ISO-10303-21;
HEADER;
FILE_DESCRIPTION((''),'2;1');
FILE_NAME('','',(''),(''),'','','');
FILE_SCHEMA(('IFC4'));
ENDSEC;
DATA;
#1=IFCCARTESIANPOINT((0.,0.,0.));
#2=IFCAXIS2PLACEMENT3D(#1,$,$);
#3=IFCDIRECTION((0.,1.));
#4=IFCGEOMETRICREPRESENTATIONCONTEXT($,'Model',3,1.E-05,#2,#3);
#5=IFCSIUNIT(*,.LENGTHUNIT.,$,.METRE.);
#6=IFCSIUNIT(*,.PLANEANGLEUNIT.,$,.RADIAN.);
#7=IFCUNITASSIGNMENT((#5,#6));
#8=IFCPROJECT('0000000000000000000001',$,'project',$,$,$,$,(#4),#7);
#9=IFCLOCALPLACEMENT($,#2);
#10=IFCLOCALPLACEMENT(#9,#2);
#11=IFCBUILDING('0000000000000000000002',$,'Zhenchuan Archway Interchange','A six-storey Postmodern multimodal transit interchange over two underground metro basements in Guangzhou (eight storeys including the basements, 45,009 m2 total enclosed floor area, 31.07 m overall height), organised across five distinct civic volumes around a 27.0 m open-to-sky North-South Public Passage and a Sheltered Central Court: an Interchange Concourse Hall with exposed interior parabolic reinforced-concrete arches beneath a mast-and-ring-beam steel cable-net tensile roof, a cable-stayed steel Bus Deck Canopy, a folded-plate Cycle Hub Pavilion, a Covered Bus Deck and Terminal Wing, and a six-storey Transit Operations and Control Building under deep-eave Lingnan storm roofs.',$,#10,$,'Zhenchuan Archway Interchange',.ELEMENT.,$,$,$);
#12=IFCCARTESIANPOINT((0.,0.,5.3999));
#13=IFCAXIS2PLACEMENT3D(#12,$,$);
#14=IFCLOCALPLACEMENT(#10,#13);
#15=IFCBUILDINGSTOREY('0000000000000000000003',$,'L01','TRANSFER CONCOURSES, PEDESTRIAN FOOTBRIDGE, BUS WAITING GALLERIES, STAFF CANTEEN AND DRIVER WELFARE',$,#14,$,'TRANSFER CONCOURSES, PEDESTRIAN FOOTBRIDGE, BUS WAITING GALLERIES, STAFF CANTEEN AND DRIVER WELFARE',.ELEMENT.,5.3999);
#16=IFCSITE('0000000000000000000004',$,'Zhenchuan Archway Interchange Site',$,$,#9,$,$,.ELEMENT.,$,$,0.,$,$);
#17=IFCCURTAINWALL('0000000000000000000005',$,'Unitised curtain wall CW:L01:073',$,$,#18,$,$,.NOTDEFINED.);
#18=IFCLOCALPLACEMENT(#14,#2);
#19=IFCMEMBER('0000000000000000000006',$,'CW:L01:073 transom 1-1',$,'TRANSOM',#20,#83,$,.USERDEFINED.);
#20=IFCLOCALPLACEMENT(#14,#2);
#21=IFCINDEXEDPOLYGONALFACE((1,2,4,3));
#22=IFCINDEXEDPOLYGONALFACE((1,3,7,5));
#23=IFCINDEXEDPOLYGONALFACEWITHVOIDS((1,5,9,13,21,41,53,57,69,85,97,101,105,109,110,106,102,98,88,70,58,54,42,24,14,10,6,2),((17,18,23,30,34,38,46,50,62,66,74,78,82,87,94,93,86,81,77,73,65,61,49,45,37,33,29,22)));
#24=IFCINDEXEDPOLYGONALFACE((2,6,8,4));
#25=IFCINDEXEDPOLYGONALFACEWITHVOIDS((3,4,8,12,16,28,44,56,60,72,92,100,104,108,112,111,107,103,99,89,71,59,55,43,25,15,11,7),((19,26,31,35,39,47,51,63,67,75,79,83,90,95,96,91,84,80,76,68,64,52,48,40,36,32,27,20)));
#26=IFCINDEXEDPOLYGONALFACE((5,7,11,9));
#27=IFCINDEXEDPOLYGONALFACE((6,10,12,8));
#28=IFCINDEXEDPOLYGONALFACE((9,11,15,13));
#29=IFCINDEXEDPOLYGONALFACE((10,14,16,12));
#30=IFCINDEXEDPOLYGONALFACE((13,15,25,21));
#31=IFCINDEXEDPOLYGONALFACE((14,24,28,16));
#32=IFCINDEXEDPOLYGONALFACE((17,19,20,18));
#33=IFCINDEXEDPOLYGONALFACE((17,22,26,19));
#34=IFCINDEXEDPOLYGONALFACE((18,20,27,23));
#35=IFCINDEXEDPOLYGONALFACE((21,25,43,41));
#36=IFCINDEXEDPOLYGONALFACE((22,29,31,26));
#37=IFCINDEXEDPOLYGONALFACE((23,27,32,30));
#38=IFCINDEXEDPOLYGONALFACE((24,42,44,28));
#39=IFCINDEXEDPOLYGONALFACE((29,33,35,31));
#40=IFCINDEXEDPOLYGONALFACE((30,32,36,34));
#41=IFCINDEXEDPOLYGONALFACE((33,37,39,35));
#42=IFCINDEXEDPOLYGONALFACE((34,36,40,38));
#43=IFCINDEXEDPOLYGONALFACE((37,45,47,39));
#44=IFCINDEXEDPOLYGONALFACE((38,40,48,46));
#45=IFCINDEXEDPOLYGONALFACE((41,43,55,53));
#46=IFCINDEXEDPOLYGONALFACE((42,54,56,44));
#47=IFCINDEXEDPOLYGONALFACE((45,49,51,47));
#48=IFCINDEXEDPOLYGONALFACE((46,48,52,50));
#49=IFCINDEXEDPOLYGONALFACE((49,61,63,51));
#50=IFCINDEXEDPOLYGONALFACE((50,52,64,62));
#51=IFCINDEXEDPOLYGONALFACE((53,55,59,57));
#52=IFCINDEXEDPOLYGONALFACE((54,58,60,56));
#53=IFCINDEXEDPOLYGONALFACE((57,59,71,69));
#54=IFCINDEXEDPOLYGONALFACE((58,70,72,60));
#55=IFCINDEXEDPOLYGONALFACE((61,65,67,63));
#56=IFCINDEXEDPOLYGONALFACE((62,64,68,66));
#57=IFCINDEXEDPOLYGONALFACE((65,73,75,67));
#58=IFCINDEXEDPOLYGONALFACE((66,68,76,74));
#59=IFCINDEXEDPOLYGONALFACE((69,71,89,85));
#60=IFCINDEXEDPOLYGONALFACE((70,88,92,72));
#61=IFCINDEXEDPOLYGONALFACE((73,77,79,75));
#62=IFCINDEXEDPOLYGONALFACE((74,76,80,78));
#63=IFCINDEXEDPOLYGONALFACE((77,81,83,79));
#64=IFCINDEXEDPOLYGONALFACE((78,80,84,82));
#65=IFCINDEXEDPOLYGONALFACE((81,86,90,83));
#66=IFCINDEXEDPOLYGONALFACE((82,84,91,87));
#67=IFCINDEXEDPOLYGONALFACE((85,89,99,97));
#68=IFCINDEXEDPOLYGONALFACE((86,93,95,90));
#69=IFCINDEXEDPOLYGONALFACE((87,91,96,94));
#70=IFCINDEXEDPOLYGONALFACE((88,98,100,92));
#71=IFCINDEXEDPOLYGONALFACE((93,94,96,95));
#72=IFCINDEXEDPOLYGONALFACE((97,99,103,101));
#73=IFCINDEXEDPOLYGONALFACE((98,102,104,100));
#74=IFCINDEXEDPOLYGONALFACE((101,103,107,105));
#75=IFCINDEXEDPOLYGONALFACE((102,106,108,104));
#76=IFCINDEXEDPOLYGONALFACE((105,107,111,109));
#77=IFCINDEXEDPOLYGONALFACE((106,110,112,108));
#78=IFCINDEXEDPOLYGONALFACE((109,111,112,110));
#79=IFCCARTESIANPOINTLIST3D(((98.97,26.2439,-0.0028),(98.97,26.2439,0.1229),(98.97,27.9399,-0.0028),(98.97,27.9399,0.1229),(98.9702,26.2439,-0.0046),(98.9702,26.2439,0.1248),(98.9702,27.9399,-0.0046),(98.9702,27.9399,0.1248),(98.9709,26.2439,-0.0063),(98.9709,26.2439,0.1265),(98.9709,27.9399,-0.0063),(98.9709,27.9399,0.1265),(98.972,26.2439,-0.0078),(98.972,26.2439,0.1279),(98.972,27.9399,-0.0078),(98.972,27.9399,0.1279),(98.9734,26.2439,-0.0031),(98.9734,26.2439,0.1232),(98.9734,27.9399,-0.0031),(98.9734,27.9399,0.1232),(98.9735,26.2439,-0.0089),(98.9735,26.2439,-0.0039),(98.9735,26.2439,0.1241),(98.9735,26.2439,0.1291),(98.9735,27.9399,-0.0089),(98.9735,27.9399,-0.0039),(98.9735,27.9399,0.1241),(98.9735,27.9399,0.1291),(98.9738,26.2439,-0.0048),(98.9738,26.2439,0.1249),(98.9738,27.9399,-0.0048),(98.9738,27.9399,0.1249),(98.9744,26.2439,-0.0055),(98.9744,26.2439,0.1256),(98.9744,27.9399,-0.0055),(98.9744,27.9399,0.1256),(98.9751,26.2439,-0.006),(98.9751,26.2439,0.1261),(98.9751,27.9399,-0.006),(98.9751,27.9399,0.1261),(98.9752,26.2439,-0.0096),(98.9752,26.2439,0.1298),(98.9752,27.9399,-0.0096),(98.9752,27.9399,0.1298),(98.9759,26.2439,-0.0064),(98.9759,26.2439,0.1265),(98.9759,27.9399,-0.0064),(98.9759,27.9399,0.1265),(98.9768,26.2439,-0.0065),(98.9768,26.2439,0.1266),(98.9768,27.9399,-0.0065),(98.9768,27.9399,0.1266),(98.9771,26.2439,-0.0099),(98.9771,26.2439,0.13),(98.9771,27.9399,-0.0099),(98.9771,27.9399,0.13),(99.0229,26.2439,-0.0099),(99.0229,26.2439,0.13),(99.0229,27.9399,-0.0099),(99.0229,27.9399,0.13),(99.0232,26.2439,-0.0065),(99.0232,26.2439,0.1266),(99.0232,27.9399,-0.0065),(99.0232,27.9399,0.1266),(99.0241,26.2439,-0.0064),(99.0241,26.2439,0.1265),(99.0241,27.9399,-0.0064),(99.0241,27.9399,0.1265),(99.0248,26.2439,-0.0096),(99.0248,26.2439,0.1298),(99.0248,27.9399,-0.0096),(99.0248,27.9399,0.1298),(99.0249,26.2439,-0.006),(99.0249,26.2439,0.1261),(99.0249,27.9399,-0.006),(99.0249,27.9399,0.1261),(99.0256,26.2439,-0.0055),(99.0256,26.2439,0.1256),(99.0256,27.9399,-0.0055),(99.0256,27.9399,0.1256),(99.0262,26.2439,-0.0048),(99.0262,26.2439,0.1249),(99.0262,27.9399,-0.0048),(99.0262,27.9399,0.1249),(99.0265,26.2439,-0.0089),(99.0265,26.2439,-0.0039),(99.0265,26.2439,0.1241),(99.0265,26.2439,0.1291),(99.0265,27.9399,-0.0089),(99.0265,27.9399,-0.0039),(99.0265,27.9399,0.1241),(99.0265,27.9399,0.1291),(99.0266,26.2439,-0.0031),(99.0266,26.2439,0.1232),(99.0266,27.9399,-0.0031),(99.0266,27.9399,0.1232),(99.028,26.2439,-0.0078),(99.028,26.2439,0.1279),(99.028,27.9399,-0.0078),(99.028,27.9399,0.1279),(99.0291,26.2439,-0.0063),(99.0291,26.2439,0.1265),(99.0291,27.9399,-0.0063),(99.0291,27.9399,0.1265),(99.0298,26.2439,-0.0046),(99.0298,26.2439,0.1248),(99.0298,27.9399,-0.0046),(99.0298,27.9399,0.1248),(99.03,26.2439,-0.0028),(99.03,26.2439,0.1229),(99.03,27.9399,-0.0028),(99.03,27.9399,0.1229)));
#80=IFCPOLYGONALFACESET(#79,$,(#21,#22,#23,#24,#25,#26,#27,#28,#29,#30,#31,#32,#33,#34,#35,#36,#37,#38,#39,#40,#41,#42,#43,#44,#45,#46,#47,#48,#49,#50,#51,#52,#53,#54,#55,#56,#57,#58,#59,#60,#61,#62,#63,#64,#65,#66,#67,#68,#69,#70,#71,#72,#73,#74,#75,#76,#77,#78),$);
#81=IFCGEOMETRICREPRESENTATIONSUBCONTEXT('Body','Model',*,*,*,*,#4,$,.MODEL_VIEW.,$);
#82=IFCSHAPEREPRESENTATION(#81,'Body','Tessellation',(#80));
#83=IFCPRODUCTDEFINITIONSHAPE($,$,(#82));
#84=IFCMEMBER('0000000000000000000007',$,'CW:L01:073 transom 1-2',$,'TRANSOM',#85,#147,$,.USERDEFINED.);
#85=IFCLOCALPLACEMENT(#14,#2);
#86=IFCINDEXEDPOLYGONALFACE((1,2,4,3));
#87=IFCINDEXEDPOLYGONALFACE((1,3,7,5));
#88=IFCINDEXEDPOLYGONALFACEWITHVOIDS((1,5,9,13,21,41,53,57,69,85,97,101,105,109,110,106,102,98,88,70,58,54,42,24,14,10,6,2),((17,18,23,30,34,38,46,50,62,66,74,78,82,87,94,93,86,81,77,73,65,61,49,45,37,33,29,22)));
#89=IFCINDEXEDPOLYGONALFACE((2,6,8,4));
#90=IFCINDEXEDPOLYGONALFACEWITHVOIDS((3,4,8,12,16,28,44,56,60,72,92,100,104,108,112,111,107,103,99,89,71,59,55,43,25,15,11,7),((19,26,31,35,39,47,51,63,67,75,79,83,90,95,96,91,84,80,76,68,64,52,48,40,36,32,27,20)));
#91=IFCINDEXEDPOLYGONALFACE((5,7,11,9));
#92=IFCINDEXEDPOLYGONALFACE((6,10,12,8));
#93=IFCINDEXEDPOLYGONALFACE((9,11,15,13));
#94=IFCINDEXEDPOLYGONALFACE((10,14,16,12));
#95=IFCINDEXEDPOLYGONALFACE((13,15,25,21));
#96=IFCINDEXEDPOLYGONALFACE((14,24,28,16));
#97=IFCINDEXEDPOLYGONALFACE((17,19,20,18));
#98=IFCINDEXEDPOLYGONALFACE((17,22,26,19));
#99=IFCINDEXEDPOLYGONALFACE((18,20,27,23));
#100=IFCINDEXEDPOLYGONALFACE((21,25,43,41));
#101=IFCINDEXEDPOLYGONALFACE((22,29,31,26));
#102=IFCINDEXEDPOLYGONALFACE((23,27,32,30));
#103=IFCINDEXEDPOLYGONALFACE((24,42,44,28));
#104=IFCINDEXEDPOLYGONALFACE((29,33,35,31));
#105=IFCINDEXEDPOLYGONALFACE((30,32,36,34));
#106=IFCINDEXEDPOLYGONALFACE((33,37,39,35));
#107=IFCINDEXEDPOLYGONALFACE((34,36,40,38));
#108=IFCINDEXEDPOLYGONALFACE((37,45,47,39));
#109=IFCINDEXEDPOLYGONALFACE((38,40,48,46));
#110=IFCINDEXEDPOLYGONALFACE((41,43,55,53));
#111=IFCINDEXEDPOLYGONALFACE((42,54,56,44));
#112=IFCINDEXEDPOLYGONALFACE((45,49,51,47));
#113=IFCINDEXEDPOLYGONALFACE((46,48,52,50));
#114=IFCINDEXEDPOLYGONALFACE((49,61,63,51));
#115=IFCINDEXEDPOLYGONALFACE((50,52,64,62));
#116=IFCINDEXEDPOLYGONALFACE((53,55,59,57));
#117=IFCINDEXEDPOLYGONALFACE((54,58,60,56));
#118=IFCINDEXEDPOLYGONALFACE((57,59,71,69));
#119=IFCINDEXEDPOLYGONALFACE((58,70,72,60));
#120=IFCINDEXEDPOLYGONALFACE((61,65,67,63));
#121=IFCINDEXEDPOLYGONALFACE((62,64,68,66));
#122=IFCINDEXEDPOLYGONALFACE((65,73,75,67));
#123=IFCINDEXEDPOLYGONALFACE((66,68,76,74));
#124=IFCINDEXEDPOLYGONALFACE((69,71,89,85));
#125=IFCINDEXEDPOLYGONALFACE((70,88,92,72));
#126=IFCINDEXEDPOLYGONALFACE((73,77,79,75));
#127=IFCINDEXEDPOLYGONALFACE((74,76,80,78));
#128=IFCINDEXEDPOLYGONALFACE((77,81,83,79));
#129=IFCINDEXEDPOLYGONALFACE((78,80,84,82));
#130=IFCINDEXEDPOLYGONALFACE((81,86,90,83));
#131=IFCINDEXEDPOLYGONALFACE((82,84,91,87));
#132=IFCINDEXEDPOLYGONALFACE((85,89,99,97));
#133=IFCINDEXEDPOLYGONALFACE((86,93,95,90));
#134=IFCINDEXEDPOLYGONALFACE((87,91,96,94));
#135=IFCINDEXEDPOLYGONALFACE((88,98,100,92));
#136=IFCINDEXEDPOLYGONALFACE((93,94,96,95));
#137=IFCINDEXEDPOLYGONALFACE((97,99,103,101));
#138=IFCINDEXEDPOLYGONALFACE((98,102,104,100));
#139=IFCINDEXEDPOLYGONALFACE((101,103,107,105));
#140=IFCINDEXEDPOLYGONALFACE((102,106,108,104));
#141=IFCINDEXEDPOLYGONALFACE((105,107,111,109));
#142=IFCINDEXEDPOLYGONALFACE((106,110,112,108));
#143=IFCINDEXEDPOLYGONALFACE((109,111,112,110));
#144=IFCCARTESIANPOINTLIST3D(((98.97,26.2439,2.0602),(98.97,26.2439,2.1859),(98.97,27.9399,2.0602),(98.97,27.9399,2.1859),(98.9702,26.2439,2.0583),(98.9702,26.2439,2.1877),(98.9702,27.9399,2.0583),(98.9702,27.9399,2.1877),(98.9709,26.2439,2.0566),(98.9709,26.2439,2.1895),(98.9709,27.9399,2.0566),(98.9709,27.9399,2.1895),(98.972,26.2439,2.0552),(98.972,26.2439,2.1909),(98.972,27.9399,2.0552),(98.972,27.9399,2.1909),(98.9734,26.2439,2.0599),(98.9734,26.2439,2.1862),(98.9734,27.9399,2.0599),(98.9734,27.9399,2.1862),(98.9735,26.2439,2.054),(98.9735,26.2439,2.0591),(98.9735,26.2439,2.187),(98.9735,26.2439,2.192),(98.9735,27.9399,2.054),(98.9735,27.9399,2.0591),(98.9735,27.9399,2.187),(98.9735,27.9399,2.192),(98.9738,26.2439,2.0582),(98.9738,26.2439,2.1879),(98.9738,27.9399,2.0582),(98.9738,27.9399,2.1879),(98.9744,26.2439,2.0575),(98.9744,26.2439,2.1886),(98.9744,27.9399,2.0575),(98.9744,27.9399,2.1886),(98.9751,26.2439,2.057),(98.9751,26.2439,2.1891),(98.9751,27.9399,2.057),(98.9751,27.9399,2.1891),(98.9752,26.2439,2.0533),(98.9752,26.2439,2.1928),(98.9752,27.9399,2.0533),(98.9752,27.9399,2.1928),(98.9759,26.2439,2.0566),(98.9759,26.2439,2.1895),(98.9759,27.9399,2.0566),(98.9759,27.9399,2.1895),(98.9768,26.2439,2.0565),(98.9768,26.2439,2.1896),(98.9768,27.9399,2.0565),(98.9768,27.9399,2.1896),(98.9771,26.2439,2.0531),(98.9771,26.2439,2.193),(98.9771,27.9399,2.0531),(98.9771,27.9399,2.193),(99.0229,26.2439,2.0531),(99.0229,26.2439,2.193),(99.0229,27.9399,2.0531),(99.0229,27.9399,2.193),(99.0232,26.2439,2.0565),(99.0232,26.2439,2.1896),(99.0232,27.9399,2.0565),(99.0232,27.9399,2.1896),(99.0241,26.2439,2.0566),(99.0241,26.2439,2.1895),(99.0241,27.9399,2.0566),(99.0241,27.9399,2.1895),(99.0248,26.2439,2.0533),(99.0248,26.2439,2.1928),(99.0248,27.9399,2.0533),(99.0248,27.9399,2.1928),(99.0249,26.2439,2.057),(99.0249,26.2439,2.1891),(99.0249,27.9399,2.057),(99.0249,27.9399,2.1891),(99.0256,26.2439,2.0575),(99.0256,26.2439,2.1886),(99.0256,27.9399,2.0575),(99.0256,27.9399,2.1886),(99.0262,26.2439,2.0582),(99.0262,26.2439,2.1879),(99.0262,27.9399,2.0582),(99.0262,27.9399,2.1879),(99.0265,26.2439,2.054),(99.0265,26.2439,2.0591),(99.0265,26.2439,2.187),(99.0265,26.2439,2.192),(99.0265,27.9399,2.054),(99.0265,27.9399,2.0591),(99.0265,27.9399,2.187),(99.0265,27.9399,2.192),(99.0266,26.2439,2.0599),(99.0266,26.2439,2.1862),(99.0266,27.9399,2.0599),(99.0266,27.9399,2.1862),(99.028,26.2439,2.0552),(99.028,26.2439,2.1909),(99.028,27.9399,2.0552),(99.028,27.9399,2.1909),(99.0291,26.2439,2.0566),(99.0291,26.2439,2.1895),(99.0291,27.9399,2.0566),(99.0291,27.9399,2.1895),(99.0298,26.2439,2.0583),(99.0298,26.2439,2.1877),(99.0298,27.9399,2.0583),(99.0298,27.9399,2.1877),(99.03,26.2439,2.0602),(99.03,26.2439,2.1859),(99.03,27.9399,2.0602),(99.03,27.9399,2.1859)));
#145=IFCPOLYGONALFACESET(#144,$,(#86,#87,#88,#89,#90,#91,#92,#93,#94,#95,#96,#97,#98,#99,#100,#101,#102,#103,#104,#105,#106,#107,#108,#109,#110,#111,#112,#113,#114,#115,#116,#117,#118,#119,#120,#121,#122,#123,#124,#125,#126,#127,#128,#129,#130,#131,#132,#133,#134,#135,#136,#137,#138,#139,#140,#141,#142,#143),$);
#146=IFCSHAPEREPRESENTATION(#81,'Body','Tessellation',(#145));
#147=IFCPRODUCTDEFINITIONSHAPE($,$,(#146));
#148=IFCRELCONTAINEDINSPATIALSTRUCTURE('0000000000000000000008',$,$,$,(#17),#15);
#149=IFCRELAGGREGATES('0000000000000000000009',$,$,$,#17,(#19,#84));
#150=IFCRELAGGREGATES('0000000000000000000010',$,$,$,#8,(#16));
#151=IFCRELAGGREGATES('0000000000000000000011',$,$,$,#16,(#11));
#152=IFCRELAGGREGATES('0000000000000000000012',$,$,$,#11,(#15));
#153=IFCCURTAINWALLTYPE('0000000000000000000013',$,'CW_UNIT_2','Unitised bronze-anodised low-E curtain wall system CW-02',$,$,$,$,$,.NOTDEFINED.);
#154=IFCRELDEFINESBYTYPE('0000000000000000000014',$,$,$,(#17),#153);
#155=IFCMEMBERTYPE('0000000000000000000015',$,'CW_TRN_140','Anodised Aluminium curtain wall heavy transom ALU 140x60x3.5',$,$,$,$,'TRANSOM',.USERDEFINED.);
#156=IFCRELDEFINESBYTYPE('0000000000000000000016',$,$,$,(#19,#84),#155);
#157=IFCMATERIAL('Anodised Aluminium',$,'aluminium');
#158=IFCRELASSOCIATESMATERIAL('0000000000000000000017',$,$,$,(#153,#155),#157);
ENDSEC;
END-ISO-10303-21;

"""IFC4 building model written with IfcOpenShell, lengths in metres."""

from ifc_helpers import new_model, si_unit, direction, frame, origin, origin_2d, place, context, subcontext, project, spatial, hollow_rectangle, extrude, material, material_profile, profile_set, type_object, element, aggregate, save


model = new_model("IFC4")

# Units and contexts
model_context = context("Model", 3, precision=1e-05, world=origin(), true_north=direction((0.0, 1.0)))
body_context = subcontext(model_context, "Body", "Model", "MODEL_VIEW")
ifc_project = project(units=[si_unit("LENGTHUNIT", "METRE"), si_unit("PLANEANGLEUNIT", "RADIAN")], contexts=[model_context])

# Site, building, storey
site_placement = place(None, origin())
site = spatial("IfcSite", under=ifc_project, at=site_placement, Name="Zhenchuan Archway Interchange Site", CompositionType="ELEMENT", RefElevation=0.0)
building_placement = place(site_placement, origin())
building = spatial("IfcBuilding", under=site, at=building_placement, Name="Zhenchuan Archway Interchange", Description="A six-storey Postmodern multimodal transit interchange over two underground metro basements in Guangzhou (eight storeys including the basements, 45,009 m2 total enclosed floor area, 31.07 m overall height), organised across five distinct civic volumes around a 27.0 m open-to-sky North-South Public Passage and a Sheltered Central Court: an Interchange Concourse Hall with exposed interior parabolic reinforced-concrete arches beneath a mast-and-ring-beam steel cable-net tensile roof, a cable-stayed steel Bus Deck Canopy, a folded-plate Cycle Hub Pavilion, a Covered Bus Deck and Terminal Wing, and a six-storey Transit Operations and Control Building under deep-eave Lingnan storm roofs.", LongName="Zhenchuan Archway Interchange", CompositionType="ELEMENT")
storey_placement = place(building_placement, frame((0.0, 0.0, 5.3999)))
storey = spatial("IfcBuildingStorey", under=building, at=storey_placement, Name="L01", Description="TRANSFER CONCOURSES, PEDESTRIAN FOOTBRIDGE, BUS WAITING GALLERIES, STAFF CANTEEN AND DRIVER WELFARE", LongName="TRANSFER CONCOURSES, PEDESTRIAN FOOTBRIDGE, BUS WAITING GALLERIES, STAFF CANTEEN AND DRIVER WELFARE", CompositionType="ELEMENT", Elevation=5.3999)

# Curtain wall, members
ifc_material_1 = material(Name="Anodised Aluminium", Category="aluminium")
curtain_wall_type = type_object("IfcCurtainWallType", Name="CW_UNIT_2", Description="Unitised bronze-anodised low-E curtain wall system CW-02", PredefinedType="NOTDEFINED", material=ifc_material_1)
curtain_wall_placement = place(storey_placement, origin())
curtain_wall = element("IfcCurtainWall", 1, at=curtain_wall_placement, inside=storey, type_object=curtain_wall_type, Name="Unitised curtain wall CW:L01:073", PredefinedType="NOTDEFINED")
ifc_material_profile_1 = material_profile(ifc_material_1, hollow_rectangle(XDim=0.0601, YDim=0.1399, WallThickness=0.0034, InnerFilletRadius=0.0034, OuterFilletRadius=0.0071, at=origin_2d()), Name="ALU 140x60x3.5")
ifc_profile_set_1 = profile_set([ifc_material_profile_1], Name="Anodised Aluminium")
member_type_1 = type_object("IfcMemberType", Name="CW_TRN_140", Description="Anodised Aluminium curtain wall heavy transom ALU 140x60x3.5", ElementType="TRANSOM", PredefinedType="USERDEFINED", material=ifc_profile_set_1)
member_1_placement = place(storey_placement, frame((99.0, 26.2439, 0.0601), z_axis=(0.0, 1.0, 0.0), x_axis=(-1.0, 0.0, 0.0)))
member_1 = element("IfcMember", 2, at=member_1_placement, type_object=member_type_1, Name="CW:L01:073 transom 1-1", ObjectType="TRANSOM", PredefinedType="USERDEFINED", context=body_context, shape_type="SweptSolid", body=[
    extrude(hollow_rectangle(XDim=0.0601, YDim=0.1399, WallThickness=0.0034, InnerFilletRadius=0.0034, OuterFilletRadius=0.0071, at=origin_2d()), origin(), (0.0, 0.0, 1.0), 1.696),
])
member_2_placement = place(storey_placement, frame((99.0, 26.2439, 2.123), z_axis=(0.0, 1.0, 0.0), x_axis=(-1.0, 0.0, 0.0)))
member_2 = element("IfcMember", 3, at=member_2_placement, type_object=member_type_1, Name="CW:L01:073 transom 1-2", ObjectType="TRANSOM", PredefinedType="USERDEFINED", context=body_context, shape_type="SweptSolid", body=[
    extrude(hollow_rectangle(XDim=0.0601, YDim=0.1399, WallThickness=0.0034, InnerFilletRadius=0.0034, OuterFilletRadius=0.0071, at=origin_2d()), origin(), (0.0, 0.0, 1.0), 1.696),
])

aggregate(curtain_wall, [member_1, member_2])

save(model, "model.ifc")
